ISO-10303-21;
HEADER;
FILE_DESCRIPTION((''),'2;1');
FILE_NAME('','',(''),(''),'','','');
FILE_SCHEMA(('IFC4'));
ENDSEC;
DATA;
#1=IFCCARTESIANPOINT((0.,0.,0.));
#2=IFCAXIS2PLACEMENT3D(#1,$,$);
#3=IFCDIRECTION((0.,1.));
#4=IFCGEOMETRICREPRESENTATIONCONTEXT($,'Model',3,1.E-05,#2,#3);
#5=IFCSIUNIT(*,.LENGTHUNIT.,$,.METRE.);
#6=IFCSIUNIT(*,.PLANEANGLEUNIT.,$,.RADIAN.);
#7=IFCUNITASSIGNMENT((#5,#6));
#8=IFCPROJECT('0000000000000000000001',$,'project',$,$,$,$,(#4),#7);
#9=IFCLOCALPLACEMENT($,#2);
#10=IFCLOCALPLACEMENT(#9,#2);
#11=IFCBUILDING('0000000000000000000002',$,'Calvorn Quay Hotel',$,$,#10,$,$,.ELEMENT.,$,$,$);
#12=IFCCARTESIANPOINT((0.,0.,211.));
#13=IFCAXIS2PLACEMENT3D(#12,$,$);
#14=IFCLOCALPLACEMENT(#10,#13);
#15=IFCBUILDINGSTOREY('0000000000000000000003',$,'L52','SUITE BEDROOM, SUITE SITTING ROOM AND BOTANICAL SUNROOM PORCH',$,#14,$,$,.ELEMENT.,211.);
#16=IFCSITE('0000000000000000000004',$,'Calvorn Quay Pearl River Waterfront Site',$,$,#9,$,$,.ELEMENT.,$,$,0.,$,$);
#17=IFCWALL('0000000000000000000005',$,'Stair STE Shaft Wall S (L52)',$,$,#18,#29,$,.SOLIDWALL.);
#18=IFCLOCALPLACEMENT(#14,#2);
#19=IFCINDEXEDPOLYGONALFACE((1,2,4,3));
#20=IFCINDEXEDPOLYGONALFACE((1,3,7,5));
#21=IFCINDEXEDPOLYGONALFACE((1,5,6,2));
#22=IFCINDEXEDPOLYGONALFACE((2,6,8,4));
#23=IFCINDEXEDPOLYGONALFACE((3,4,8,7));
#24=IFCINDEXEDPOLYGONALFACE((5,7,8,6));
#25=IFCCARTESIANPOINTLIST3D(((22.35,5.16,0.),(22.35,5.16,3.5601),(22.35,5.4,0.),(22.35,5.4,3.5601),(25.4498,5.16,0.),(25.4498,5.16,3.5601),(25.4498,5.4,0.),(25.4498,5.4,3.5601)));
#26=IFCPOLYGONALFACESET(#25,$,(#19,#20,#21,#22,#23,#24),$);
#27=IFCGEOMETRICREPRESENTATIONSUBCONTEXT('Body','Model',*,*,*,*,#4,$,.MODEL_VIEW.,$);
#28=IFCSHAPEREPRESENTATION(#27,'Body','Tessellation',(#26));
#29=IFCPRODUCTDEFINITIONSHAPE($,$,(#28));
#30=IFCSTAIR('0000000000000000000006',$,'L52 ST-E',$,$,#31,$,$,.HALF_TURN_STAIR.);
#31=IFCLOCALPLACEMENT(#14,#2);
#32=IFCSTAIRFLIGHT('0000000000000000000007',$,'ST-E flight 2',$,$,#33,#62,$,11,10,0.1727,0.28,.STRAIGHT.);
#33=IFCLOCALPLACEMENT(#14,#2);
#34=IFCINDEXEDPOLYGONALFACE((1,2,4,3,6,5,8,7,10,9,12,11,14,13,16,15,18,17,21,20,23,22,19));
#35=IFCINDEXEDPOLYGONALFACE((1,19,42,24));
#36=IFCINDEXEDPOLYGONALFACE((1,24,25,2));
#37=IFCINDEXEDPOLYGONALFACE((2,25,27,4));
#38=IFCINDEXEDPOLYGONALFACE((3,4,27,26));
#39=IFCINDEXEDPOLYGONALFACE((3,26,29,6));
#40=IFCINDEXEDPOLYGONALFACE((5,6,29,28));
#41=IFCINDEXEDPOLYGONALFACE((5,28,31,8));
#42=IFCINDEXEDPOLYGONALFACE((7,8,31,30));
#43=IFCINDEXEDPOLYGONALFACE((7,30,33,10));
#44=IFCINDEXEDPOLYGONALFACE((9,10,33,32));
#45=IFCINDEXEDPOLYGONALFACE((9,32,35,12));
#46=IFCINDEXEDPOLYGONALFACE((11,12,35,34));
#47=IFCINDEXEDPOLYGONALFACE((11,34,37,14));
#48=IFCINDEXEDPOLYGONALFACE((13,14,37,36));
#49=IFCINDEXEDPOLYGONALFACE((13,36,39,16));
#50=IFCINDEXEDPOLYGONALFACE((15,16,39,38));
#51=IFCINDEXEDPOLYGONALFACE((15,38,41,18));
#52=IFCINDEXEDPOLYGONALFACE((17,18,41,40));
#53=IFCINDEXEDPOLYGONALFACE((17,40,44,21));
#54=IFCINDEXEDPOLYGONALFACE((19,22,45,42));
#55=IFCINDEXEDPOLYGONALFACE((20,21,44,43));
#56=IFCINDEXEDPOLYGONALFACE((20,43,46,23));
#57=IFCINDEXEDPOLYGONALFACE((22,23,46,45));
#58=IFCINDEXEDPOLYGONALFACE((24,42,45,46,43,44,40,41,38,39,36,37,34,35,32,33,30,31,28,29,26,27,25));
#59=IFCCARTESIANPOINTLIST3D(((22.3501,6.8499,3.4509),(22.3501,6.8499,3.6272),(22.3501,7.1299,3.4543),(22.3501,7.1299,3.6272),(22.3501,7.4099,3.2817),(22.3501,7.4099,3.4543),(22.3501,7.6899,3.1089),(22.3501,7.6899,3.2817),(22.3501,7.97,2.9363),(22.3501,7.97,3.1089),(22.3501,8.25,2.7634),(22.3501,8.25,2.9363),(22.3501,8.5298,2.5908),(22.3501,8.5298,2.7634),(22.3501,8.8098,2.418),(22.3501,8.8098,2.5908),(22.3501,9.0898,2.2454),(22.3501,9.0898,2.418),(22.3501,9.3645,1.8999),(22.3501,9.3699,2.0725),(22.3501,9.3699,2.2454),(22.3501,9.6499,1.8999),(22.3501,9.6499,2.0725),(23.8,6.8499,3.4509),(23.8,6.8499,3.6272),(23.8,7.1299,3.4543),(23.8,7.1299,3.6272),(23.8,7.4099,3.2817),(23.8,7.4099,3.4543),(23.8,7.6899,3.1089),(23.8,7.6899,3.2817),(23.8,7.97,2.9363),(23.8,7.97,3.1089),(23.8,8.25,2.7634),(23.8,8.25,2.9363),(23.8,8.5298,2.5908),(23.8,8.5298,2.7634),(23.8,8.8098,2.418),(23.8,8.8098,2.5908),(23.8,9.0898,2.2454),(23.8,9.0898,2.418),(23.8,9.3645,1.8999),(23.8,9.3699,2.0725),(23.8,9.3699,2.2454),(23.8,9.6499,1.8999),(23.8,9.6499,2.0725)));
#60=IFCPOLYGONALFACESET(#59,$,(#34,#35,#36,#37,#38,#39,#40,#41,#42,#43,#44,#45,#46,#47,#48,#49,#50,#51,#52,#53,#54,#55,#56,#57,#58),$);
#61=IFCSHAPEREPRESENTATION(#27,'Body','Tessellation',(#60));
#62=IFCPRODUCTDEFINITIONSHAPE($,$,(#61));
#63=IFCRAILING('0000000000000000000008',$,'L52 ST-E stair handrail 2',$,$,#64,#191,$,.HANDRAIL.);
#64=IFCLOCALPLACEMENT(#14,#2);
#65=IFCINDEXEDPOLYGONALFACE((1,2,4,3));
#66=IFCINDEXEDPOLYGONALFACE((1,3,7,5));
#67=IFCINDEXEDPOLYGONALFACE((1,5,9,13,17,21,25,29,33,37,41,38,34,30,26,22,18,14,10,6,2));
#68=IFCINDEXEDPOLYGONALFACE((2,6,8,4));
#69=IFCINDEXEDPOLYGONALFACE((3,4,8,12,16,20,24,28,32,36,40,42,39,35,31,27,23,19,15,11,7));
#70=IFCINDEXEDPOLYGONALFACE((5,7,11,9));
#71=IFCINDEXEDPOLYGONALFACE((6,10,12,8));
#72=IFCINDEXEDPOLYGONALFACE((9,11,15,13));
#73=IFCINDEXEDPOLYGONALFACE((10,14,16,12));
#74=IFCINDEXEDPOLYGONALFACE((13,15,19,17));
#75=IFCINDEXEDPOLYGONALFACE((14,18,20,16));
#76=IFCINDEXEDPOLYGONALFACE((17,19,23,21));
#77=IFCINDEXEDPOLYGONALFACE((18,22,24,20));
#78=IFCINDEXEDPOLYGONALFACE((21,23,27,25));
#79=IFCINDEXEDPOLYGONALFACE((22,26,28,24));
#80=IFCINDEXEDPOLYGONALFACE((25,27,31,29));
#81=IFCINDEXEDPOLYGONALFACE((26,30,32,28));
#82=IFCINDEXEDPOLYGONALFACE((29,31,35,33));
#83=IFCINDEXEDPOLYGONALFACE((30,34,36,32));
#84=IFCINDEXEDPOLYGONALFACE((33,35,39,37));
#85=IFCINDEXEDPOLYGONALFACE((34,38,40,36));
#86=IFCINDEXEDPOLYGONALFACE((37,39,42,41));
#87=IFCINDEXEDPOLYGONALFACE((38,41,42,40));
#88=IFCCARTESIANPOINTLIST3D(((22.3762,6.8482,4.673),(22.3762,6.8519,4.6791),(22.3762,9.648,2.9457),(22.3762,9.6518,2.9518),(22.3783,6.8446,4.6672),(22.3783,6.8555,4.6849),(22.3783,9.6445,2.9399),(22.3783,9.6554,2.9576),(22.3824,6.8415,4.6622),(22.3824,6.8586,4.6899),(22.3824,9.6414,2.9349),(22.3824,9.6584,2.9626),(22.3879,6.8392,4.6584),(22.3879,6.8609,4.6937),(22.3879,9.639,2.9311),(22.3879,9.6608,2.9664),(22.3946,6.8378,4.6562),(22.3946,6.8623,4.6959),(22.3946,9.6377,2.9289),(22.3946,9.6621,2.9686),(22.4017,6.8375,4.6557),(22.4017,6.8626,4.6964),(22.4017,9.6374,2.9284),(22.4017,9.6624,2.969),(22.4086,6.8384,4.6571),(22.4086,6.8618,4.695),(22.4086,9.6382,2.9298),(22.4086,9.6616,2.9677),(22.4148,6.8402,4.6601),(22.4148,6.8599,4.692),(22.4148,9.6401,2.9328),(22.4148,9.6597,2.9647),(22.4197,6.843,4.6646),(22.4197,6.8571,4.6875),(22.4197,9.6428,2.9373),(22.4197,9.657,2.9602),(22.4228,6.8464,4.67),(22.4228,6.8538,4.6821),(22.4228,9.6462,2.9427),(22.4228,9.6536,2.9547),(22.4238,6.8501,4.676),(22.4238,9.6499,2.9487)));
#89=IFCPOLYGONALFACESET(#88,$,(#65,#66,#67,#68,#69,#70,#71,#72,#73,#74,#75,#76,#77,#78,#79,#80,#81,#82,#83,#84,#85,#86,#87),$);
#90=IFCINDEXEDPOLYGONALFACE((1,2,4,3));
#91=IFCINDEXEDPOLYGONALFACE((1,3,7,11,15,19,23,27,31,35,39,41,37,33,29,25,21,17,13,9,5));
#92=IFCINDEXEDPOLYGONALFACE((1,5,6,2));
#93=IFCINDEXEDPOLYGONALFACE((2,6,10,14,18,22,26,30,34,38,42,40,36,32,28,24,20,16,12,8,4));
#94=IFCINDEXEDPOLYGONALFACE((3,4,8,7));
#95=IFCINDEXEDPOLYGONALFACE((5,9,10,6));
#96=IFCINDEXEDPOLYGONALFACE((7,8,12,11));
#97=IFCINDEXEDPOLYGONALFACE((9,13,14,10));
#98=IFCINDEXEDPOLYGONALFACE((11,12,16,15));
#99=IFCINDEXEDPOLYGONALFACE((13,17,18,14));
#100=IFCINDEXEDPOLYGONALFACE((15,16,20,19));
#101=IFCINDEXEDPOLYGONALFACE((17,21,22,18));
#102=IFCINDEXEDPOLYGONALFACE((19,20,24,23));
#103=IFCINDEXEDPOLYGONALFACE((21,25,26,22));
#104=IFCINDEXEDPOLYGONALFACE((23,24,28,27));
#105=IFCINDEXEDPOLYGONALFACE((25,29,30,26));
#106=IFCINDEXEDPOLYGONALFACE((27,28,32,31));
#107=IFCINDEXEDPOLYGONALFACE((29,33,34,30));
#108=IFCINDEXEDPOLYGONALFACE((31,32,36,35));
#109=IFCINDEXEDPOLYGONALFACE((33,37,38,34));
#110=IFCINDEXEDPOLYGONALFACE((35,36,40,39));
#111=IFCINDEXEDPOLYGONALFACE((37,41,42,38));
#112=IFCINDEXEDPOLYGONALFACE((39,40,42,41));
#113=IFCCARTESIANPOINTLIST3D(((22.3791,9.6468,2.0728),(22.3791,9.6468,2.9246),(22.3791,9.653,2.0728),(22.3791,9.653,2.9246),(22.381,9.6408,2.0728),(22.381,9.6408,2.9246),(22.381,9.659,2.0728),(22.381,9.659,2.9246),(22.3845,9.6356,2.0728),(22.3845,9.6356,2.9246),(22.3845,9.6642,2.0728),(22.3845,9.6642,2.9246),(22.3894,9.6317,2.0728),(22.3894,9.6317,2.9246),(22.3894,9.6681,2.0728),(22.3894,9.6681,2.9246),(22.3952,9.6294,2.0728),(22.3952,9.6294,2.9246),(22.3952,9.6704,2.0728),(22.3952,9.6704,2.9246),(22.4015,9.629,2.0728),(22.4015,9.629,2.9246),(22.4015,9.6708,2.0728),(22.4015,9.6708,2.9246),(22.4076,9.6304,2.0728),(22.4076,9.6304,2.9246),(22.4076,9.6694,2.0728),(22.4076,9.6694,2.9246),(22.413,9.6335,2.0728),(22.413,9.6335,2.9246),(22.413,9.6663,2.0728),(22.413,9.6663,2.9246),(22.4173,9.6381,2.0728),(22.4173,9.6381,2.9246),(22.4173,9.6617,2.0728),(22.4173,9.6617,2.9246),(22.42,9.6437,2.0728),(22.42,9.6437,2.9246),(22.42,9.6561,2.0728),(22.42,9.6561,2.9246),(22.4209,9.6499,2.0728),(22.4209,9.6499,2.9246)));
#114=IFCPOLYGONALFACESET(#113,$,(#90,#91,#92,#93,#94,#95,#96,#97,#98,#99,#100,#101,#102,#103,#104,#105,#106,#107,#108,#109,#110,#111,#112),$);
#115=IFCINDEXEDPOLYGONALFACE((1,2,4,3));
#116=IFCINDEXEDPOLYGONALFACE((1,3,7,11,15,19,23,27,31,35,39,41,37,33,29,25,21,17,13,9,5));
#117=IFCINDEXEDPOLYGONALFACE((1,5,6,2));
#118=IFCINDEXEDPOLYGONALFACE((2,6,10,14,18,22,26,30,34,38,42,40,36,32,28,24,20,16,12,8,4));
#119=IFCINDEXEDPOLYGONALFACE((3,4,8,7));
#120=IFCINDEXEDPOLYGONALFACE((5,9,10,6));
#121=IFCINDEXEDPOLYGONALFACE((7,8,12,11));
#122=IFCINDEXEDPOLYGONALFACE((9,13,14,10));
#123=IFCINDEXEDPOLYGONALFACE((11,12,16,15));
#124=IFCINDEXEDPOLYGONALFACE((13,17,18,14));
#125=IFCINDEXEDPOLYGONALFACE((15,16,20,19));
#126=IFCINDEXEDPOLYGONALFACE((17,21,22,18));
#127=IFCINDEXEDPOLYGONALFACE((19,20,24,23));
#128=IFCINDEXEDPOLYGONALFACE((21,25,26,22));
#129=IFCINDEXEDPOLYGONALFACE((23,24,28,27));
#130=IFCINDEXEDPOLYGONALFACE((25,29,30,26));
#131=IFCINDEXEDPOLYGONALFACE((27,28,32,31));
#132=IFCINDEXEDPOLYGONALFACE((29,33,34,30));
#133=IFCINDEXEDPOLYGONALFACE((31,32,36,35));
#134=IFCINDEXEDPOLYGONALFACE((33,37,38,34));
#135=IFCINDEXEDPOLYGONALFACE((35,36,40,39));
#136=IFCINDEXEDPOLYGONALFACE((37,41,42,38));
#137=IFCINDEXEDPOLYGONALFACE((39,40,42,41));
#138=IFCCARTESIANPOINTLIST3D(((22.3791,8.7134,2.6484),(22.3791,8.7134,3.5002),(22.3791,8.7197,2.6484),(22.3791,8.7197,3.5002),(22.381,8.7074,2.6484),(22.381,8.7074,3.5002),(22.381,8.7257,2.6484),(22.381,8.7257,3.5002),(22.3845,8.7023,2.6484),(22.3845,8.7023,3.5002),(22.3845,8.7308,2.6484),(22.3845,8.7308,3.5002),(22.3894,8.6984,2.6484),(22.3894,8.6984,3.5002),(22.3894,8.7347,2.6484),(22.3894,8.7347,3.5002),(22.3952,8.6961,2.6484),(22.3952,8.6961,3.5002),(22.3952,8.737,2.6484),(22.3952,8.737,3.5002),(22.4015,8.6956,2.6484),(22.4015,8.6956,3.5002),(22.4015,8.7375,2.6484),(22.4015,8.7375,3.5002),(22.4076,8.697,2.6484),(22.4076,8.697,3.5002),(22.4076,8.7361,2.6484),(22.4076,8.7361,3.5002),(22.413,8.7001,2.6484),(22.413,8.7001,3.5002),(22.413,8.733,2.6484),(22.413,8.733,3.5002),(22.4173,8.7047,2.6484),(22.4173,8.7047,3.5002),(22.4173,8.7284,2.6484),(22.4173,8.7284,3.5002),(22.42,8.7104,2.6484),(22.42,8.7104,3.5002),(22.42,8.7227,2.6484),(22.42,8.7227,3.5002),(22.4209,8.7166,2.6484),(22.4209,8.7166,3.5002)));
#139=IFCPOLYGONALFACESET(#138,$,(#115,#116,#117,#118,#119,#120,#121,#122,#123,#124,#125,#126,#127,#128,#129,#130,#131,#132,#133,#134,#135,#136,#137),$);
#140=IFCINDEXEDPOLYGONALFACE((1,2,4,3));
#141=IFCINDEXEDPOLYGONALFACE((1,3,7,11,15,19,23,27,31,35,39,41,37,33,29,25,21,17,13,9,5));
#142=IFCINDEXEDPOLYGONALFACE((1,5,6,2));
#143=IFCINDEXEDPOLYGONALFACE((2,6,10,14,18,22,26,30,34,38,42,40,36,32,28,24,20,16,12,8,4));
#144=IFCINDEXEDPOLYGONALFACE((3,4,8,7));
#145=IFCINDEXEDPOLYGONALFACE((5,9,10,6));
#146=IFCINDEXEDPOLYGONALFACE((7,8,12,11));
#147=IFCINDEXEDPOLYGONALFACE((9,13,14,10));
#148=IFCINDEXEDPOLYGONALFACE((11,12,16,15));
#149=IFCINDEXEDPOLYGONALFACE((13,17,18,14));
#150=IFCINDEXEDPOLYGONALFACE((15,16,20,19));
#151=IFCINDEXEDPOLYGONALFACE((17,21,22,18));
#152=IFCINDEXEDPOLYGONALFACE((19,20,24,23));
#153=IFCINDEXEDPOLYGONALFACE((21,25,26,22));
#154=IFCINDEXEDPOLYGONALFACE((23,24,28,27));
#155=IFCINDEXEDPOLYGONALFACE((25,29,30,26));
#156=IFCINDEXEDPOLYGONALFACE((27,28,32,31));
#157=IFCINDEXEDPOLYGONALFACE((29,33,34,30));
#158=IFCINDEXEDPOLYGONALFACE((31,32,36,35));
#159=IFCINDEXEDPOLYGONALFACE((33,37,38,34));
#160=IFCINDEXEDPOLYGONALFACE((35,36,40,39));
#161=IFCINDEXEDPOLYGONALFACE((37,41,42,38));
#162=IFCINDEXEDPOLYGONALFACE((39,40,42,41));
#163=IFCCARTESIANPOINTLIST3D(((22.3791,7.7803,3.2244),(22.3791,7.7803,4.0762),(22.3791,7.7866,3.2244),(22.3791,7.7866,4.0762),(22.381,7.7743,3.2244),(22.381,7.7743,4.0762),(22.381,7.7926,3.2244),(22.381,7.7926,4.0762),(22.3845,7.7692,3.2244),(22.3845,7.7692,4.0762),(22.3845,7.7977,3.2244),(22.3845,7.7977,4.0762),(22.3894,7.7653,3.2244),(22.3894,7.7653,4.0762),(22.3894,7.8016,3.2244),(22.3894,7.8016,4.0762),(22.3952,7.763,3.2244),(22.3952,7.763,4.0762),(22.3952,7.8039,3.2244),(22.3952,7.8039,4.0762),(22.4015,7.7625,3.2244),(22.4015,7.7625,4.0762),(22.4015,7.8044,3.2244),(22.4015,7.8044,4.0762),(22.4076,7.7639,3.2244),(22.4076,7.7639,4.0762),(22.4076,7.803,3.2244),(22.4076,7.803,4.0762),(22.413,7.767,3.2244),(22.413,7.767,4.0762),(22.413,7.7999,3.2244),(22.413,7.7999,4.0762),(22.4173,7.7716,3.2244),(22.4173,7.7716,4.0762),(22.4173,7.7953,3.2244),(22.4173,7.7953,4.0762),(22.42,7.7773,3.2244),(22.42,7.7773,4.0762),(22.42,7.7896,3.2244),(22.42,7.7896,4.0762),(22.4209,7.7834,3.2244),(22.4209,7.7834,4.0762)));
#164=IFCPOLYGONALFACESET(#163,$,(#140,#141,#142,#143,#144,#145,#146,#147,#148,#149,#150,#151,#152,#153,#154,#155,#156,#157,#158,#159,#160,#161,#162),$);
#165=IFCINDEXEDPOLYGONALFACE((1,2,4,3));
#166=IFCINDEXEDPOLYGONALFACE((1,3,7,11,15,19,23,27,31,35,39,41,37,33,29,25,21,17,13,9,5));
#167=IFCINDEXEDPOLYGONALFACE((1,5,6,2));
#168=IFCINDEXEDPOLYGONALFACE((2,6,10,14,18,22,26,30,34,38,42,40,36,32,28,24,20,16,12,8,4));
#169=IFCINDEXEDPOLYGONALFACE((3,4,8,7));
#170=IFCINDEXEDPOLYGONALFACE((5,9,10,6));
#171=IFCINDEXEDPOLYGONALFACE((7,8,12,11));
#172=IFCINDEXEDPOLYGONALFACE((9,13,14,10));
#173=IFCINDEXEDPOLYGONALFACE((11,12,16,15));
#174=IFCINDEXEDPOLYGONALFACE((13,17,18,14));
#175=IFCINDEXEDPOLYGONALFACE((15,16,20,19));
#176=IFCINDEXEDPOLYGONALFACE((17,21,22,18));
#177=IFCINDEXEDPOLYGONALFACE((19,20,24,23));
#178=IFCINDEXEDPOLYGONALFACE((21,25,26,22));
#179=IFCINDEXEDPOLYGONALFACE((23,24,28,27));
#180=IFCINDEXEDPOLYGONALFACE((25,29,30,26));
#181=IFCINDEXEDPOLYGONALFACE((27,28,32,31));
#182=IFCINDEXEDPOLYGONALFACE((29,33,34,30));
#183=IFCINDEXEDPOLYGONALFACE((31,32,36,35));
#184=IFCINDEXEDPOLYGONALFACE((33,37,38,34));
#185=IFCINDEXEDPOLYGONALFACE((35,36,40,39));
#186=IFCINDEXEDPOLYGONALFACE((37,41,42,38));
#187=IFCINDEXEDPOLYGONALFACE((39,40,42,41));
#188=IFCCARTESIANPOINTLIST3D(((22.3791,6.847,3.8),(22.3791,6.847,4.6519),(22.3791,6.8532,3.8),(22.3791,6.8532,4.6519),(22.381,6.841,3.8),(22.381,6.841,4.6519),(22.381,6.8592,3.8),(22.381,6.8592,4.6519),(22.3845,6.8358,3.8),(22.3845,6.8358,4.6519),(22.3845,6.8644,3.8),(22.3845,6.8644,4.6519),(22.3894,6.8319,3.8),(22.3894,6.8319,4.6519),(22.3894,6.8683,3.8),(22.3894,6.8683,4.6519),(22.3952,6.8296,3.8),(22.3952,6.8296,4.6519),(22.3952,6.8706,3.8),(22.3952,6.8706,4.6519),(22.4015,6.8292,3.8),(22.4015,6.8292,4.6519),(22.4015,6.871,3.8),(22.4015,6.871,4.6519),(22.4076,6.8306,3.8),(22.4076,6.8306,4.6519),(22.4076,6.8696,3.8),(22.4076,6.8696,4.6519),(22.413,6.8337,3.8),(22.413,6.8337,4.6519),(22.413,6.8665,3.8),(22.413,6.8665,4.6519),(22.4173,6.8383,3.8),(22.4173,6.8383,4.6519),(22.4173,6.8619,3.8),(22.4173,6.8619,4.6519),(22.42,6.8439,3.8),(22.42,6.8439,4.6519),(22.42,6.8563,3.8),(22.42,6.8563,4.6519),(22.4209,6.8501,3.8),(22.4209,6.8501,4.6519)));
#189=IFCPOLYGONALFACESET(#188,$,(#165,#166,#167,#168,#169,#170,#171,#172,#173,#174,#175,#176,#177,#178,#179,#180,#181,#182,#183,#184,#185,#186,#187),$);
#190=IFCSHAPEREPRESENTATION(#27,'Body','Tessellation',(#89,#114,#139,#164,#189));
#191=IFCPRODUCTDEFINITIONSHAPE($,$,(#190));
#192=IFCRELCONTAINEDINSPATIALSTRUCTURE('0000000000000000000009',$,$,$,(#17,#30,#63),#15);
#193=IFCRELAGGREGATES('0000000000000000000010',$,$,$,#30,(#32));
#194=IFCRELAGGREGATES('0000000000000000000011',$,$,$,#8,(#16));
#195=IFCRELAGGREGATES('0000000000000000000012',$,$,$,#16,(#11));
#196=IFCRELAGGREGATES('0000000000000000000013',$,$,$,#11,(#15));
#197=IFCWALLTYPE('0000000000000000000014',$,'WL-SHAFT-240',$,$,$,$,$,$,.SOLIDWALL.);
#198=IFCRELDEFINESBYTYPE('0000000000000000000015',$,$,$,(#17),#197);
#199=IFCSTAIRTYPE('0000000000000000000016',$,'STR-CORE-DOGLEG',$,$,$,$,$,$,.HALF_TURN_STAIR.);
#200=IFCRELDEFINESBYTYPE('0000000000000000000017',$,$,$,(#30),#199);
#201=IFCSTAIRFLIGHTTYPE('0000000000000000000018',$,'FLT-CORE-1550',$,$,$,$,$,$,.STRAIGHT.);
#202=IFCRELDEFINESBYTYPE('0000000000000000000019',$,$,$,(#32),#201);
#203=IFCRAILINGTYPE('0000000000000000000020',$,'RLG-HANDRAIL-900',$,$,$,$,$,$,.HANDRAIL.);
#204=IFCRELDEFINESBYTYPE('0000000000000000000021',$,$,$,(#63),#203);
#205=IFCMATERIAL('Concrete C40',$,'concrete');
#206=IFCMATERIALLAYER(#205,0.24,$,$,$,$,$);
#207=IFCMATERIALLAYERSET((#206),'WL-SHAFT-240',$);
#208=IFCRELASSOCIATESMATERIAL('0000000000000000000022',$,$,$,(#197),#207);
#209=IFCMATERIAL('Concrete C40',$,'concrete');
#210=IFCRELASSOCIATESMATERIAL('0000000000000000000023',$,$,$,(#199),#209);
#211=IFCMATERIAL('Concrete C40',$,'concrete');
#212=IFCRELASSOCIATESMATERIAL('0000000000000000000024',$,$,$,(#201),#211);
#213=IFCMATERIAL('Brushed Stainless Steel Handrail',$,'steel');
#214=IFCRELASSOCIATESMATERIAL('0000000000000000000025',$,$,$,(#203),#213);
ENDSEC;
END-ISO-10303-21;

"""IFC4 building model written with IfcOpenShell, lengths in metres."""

from ifc_helpers import new_model, si_unit, direction, frame, frame_2d, origin, origin_2d, place, context, subcontext, project, spatial, polyline, rectangle, circle, outline, extrude, material, layer, layer_set, type_object, element, aggregate, save


model = new_model("IFC4")

# Units and contexts
model_context = context("Model", 3, precision=1e-05, world=origin(), true_north=direction((0.0, 1.0)))
body_context = subcontext(model_context, "Body", "Model", "MODEL_VIEW")
ifc_project = project(units=[si_unit("LENGTHUNIT", "METRE"), si_unit("PLANEANGLEUNIT", "RADIAN")], contexts=[model_context])

# Site, building, storey
site_placement = place(None, origin())
site = spatial("IfcSite", under=ifc_project, at=site_placement, Name="Calvorn Quay Pearl River Waterfront Site", CompositionType="ELEMENT", RefElevation=0.0)
building_placement = place(site_placement, origin())
building = spatial("IfcBuilding", under=site, at=building_placement, Name="Calvorn Quay Hotel", CompositionType="ELEMENT")
storey_placement = place(building_placement, frame((0.0, 0.0, 211.0)))
storey = spatial("IfcBuildingStorey", under=building, at=storey_placement, Name="L52", Description="SUITE BEDROOM, SUITE SITTING ROOM AND BOTANICAL SUNROOM PORCH", CompositionType="ELEMENT", Elevation=211.0)

# Wall
ifc_material_1 = material(Name="Concrete C40", Category="concrete")
ifc_layer_1 = layer(ifc_material_1, 0.24)
ifc_layer_set_1 = layer_set([ifc_layer_1], Name="WL-SHAFT-240")
wall_type_1 = type_object("IfcWallType", Name="WL-SHAFT-240", PredefinedType="SOLIDWALL", material=ifc_layer_set_1)
wall_1_placement = place(storey_placement, frame((22.3501, 5.28, 0.0), z_axis=(0.0, 0.0, 1.0), x_axis=(1.0, 0.0, 0.0)))
element("IfcWall", 1, at=wall_1_placement, inside=storey, type_object=wall_type_1, Name="Stair STE Shaft Wall S (L52)", PredefinedType="SOLIDWALL", context=body_context, shape_type="SweptSolid", body=[
    extrude(rectangle(XDim=3.0999, YDim=0.24, at=frame_2d((1.5498, 0.0))), origin(), (0.0, 0.0, 1.0), 3.5601),
])

# Stair, stair flight
ifc_material_2 = material(Name="Concrete C40", Category="concrete")
stair_type = type_object("IfcStairType", Name="STR-CORE-DOGLEG", PredefinedType="HALF_TURN_STAIR", material=ifc_material_2)
stair_placement = place(storey_placement, origin())
stair = element("IfcStair", 2, at=stair_placement, inside=storey, type_object=stair_type, Name="L52 ST-E", PredefinedType="HALF_TURN_STAIR")
ifc_material_3 = material(Name="Concrete C40", Category="concrete")
stair_flight_type = type_object("IfcStairFlightType", Name="FLT-CORE-1550", PredefinedType="STRAIGHT", material=ifc_material_3)
stair_flight_placement = place(storey_placement, frame((23.075, 9.6499, 1.8999), z_axis=(0.0, 0.0, 1.0), x_axis=(0.0, -1.0, 0.0)))
stair_flight = element("IfcStairFlight", 3, at=stair_flight_placement, type_object=stair_flight_type, Name="ST-E flight 2", NumberOfRisers=11, NumberOfTreads=10, PredefinedType="STRAIGHT", RiserHeight=0.1727, TreadLength=0.28, context=body_context, shape_type="SweptSolid", body=[
    extrude(outline(polyline([(0.0, 0.0), (0.0, 0.1726), (0.28, 0.1726), (0.28, 0.3455), (0.5601, 0.3455), (0.5601, 0.5181), (0.8401, 0.5181), (0.8401, 0.6909), (1.1201, 0.6909), (1.1201, 0.8635), (1.3999, 0.8635), (1.3999, 1.0364), (1.6799, 1.0364), (1.6799, 1.209), (1.96, 1.209), (1.96, 1.3818), (2.24, 1.3818), (2.24, 1.5544), (2.52, 1.5544), (2.52, 1.7273), (2.8, 1.7273), (2.8, 1.8999), (2.8, 1.551), (0.2854, 0.0), (0.0, 0.0)])), frame((0.0, 0.7251, 0.0), z_axis=(0.0, -1.0, 0.0), x_axis=(1.0, 0.0, 0.0)), (0.0, 0.0, 1.0), 1.45),
])
aggregate(stair, [stair_flight])

# Railing
ifc_material_4 = material(Name="Brushed Stainless Steel Handrail", Category="steel")
railing_type = type_object("IfcRailingType", Name="RLG-HANDRAIL-900", PredefinedType="HANDRAIL", material=ifc_material_4)
railing_placement = place(storey_placement, frame((22.3999, 9.6499, 2.0728)))
element("IfcRailing", 4, at=railing_placement, inside=storey, type_object=railing_type, Name="L52 ST-E stair handrail 2", PredefinedType="HANDRAIL", context=body_context, shape_type="SweptSolid", body=[
    extrude(circle(Radius=0.0239, at=origin_2d()), frame((0.0, 0.0, 0.876), z_axis=(0.0, -0.851069, 0.525054), x_axis=(1.0, 0.0, 0.0)), (0.0, 0.0, 1.0), 3.2898),
    extrude(circle(Radius=0.021, at=origin_2d()), origin(), (0.0, 0.0, 1.0), 0.8518),
    extrude(circle(Radius=0.021, at=origin_2d()), frame((0.0, -0.9333, 0.5757)), (0.0, 0.0, 1.0), 0.8518),
    extrude(circle(Radius=0.021, at=origin_2d()), frame((0.0, -1.8665, 1.1516)), (0.0, 0.0, 1.0), 0.8518),
    extrude(circle(Radius=0.021, at=origin_2d()), frame((0.0, -2.7998, 1.7273)), (0.0, 0.0, 1.0), 0.8518),
])

save(model, "model.ifc")
